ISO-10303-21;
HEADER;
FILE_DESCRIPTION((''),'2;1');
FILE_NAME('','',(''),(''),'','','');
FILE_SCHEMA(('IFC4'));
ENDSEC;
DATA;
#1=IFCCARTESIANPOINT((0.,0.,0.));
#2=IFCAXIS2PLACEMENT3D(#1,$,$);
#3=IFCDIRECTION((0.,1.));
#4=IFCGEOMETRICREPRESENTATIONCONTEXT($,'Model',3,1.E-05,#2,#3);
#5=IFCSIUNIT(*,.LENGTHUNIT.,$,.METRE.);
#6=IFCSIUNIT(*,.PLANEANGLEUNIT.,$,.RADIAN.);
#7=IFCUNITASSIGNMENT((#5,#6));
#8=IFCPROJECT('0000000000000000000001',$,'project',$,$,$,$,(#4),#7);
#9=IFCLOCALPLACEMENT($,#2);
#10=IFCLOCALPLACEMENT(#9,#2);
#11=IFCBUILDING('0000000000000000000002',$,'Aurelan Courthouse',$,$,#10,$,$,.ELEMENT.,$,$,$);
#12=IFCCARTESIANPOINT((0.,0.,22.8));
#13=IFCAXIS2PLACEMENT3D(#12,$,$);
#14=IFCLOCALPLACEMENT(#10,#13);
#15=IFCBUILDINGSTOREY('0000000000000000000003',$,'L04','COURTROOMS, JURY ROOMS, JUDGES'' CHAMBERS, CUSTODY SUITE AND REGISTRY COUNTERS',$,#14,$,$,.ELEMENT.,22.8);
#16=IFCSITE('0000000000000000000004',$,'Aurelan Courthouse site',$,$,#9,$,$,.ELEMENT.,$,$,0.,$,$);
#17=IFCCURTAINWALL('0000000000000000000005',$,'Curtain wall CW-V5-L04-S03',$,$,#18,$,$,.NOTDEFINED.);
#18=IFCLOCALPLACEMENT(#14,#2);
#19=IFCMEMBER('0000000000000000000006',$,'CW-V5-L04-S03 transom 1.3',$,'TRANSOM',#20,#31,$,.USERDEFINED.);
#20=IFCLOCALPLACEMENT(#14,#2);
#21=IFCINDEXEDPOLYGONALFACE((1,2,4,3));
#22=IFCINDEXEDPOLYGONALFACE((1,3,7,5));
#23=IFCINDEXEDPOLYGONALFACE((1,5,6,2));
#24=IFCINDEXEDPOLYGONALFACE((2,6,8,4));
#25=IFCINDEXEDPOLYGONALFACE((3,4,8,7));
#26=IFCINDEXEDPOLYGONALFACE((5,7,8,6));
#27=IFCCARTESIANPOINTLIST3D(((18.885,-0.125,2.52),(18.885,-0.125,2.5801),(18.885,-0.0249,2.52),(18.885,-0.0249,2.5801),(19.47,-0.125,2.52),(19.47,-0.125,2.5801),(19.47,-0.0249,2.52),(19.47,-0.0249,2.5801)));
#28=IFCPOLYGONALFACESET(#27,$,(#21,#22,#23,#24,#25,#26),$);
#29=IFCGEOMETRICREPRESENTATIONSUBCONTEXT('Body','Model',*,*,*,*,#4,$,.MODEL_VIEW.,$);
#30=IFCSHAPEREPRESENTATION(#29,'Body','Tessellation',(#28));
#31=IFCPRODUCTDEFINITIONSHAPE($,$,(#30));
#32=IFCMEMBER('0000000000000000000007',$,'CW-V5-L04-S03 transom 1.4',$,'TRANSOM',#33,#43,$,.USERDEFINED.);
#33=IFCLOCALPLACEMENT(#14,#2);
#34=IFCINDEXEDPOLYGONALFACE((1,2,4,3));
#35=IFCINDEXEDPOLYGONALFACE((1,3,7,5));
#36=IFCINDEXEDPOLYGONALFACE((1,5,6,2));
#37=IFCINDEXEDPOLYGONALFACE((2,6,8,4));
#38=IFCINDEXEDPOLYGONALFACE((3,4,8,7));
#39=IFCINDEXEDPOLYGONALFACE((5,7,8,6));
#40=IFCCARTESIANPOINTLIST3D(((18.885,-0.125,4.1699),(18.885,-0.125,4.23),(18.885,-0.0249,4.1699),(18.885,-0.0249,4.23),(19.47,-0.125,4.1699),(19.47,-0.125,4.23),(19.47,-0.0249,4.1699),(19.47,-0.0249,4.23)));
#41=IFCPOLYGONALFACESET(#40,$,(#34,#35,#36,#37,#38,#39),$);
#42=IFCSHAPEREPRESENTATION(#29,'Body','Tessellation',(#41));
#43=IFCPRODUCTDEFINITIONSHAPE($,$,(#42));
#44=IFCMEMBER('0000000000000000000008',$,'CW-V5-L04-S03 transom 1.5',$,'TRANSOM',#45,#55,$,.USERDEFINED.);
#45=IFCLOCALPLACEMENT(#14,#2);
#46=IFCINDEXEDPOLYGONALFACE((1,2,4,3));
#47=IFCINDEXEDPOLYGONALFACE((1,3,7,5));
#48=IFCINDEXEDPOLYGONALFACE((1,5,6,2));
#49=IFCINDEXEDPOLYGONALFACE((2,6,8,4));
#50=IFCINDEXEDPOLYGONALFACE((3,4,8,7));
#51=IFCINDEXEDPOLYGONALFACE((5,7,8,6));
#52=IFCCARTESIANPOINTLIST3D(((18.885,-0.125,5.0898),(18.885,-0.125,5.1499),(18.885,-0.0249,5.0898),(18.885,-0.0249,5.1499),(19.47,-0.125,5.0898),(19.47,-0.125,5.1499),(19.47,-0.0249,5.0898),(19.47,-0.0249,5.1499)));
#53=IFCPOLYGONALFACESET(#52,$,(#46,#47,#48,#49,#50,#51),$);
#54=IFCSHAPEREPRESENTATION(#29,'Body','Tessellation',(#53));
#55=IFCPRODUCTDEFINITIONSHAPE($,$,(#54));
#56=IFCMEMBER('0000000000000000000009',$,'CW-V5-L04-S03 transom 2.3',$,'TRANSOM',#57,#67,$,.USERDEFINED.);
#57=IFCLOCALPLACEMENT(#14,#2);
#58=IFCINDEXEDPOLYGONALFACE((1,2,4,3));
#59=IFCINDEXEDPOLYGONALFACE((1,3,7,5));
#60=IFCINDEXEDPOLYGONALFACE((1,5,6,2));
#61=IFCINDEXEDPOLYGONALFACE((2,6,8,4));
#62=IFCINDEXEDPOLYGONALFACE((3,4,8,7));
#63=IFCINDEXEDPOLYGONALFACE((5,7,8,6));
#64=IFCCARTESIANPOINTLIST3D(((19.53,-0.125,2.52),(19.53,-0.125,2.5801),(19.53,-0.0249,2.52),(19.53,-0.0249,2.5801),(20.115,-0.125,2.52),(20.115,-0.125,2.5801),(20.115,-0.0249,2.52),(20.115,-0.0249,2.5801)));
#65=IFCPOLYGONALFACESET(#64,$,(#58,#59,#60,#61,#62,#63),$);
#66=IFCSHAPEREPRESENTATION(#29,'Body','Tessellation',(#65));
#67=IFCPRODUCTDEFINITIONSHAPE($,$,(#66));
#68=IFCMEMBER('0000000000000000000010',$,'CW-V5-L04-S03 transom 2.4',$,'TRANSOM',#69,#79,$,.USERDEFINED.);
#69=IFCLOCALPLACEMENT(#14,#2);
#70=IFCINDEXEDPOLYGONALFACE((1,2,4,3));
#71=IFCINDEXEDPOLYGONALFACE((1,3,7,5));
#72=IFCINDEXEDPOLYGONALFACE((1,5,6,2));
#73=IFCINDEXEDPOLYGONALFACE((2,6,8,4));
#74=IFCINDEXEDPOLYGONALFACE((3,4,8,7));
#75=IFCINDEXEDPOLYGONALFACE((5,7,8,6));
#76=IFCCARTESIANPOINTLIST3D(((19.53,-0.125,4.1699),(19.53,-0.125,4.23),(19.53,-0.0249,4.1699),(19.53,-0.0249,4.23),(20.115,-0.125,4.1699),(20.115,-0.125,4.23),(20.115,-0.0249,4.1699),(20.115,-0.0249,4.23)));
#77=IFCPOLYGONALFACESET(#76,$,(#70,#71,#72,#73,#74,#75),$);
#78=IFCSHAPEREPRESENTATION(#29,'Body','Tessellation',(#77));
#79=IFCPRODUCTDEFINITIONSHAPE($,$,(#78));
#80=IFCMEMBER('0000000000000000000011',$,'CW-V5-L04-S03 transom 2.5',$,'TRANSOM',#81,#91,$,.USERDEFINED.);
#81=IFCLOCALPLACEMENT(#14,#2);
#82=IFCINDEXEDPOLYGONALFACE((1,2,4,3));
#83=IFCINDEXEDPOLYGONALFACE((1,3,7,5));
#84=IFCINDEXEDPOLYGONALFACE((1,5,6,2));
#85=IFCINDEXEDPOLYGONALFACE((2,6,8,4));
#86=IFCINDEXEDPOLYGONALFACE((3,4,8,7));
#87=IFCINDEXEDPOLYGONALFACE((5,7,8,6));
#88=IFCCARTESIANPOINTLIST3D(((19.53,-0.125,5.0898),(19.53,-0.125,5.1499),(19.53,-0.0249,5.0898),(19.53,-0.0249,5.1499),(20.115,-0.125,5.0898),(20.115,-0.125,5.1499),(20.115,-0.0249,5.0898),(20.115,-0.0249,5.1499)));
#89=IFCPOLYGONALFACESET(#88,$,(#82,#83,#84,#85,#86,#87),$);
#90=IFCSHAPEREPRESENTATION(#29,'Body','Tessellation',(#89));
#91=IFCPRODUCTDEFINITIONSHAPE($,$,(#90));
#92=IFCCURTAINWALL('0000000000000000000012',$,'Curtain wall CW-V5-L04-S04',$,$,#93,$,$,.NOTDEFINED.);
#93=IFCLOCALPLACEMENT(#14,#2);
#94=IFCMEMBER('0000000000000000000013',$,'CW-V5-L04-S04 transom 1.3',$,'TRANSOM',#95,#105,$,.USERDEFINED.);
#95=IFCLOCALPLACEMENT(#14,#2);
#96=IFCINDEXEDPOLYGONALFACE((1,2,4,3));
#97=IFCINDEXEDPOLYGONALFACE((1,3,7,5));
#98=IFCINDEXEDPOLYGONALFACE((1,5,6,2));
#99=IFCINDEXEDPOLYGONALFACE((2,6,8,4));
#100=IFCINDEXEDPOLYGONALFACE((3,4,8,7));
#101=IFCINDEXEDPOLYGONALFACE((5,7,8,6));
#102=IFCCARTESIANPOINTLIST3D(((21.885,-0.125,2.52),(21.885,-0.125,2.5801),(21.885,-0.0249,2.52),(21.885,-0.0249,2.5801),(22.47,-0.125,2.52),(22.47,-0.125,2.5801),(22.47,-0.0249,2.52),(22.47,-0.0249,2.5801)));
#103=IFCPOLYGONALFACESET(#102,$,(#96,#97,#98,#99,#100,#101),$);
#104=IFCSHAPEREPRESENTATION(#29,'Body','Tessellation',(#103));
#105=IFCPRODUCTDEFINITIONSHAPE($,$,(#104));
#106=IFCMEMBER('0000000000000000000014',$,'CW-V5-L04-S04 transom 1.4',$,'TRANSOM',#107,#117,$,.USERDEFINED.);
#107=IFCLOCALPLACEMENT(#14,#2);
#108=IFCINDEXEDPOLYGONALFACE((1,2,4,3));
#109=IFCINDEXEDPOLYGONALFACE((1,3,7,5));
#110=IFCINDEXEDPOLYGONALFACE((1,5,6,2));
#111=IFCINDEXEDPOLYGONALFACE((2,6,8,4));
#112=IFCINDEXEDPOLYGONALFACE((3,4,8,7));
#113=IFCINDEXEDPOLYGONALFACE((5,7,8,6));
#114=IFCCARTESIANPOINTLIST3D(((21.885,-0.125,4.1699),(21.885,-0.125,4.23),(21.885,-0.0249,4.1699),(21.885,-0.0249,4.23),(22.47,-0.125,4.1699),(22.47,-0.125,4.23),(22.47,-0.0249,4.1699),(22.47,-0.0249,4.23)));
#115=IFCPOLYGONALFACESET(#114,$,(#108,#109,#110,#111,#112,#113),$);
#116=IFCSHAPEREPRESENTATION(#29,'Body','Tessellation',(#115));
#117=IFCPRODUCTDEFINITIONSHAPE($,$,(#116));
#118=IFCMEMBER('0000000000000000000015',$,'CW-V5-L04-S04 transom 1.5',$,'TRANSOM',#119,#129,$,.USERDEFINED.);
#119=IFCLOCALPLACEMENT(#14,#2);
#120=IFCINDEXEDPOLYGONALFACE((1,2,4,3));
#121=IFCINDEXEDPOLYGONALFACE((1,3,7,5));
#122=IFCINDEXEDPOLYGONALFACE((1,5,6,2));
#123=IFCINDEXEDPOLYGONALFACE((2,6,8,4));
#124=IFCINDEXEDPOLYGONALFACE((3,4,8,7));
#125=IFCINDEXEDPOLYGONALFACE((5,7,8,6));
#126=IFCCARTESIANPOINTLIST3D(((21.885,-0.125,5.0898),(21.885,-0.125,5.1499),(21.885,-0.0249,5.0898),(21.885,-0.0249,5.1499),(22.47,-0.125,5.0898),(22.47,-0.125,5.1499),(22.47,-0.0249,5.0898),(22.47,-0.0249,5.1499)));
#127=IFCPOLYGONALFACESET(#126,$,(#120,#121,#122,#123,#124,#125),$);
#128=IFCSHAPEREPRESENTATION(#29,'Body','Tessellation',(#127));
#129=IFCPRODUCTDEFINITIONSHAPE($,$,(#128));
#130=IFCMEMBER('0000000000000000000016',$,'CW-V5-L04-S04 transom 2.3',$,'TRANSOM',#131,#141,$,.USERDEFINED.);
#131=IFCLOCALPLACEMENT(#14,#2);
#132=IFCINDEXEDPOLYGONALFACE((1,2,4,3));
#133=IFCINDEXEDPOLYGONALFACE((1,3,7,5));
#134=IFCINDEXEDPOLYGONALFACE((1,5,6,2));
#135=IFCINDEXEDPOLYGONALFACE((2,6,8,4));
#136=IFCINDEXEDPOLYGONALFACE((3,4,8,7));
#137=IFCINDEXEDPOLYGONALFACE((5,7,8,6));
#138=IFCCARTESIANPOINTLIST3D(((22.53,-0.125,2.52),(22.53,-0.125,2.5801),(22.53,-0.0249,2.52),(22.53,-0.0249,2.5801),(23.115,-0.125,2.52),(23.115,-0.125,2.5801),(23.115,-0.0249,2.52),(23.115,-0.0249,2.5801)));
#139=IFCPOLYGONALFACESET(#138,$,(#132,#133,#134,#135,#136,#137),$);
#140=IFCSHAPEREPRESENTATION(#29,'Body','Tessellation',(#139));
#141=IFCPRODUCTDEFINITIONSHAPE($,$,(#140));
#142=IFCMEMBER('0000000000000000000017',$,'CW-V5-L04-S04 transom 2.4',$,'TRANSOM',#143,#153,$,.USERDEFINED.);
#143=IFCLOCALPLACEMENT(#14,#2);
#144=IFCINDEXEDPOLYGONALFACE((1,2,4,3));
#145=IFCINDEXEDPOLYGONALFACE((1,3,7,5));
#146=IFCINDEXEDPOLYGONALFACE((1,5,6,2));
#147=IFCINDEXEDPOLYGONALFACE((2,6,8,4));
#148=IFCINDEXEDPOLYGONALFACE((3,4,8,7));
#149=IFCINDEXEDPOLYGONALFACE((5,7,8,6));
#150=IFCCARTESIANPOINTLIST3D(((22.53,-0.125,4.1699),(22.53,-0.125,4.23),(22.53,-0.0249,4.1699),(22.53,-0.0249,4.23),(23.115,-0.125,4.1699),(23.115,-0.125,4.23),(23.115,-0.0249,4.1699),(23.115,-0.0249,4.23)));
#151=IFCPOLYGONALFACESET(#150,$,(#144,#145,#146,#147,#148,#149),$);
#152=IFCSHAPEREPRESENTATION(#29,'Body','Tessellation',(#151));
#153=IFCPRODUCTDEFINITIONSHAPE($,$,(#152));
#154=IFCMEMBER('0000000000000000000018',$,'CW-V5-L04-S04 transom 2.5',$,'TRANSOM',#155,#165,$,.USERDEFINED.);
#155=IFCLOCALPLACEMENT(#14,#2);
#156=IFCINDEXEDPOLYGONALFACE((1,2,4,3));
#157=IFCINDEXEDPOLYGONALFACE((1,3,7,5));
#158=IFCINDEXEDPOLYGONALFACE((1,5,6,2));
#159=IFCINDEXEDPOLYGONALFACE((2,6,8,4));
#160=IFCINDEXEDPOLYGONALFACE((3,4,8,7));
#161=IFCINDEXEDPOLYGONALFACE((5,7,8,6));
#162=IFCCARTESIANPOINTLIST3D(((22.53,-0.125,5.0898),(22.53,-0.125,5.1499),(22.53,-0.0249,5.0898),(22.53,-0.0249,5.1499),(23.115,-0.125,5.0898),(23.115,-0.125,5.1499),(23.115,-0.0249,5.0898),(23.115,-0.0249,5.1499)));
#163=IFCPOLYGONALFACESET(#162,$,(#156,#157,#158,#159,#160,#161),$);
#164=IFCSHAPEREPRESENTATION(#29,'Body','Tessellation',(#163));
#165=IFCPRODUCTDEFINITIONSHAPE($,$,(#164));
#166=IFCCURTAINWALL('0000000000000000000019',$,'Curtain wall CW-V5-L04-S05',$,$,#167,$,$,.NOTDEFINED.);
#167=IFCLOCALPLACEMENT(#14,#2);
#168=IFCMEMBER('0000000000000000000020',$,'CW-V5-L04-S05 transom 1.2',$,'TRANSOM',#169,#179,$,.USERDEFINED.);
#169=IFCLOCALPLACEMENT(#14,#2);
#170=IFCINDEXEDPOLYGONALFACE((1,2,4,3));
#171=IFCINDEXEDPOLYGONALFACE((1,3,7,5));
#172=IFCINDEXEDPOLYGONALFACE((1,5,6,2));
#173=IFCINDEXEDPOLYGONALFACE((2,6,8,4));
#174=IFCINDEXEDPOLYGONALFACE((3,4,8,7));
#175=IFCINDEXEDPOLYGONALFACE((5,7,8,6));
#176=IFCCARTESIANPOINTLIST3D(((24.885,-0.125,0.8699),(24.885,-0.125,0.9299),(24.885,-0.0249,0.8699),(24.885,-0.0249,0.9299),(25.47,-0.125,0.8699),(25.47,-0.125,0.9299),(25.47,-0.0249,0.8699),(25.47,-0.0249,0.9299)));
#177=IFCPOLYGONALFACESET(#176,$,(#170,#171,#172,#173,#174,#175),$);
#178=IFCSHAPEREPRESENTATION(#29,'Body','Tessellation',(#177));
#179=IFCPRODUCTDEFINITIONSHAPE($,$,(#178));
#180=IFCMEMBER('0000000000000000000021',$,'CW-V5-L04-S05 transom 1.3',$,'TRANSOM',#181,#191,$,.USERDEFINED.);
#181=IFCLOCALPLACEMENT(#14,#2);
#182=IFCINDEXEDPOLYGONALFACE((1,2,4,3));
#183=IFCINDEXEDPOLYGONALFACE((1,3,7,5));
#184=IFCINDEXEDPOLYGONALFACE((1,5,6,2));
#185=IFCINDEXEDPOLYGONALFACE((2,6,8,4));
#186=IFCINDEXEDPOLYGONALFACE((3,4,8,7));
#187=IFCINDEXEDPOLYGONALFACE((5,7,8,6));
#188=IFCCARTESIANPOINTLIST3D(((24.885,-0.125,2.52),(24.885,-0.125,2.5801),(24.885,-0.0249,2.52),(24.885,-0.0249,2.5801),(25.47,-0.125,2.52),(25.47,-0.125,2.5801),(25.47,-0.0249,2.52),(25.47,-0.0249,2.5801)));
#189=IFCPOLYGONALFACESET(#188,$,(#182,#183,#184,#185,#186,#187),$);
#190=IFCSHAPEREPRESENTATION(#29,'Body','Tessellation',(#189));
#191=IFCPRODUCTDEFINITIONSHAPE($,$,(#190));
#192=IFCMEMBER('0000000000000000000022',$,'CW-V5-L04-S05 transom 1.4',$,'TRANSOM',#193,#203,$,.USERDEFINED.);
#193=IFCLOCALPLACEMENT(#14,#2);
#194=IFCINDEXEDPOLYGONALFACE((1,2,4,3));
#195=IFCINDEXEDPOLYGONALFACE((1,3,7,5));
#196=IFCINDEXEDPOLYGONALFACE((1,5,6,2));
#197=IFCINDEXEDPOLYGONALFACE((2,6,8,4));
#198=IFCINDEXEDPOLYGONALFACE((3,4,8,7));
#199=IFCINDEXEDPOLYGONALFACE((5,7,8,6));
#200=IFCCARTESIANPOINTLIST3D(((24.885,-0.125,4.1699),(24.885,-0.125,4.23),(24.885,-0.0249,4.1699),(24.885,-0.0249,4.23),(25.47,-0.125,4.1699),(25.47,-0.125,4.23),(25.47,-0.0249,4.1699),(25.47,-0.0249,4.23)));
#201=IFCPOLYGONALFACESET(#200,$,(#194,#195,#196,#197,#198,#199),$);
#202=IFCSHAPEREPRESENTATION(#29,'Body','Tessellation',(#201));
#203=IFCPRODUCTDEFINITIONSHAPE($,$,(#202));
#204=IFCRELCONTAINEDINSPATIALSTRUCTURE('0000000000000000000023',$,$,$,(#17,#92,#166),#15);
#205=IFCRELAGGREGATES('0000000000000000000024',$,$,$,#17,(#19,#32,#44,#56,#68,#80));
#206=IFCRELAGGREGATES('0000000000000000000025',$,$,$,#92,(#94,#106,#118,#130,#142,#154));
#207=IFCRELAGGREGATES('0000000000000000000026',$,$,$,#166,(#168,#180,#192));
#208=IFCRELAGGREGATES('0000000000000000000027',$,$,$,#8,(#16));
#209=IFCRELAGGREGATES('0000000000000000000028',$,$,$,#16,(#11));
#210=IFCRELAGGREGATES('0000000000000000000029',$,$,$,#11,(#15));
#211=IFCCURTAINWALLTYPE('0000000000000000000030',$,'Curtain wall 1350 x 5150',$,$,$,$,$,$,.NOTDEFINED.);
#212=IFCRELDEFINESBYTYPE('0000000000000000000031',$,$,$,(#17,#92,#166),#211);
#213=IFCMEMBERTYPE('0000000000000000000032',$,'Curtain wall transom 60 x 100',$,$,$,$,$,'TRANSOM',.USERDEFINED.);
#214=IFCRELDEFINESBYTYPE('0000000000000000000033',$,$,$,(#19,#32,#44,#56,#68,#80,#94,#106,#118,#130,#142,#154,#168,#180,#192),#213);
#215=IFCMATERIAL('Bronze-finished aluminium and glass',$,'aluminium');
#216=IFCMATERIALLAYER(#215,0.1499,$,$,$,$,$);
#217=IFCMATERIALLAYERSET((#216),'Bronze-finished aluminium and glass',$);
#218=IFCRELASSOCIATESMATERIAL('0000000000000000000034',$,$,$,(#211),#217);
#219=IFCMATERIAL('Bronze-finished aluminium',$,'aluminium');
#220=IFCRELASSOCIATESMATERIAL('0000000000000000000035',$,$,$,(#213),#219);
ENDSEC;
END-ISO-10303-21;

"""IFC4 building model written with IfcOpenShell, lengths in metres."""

from ifc_helpers import new_model, si_unit, direction, frame, origin, origin_2d, place, context, subcontext, project, spatial, rectangle, extrude, material, layer, layer_set, material_profile, profile_set, type_object, element, aggregate, save


model = new_model("IFC4")

# Units and contexts
model_context = context("Model", 3, precision=1e-05, world=origin(), true_north=direction((0.0, 1.0)))
body_context = subcontext(model_context, "Body", "Model", "MODEL_VIEW")
ifc_project = project(units=[si_unit("LENGTHUNIT", "METRE"), si_unit("PLANEANGLEUNIT", "RADIAN")], contexts=[model_context])

# Site, building, storey
site_placement = place(None, origin())
site = spatial("IfcSite", under=ifc_project, at=site_placement, Name="Aurelan Courthouse site", CompositionType="ELEMENT", RefElevation=0.0)
building_placement = place(site_placement, origin())
building = spatial("IfcBuilding", under=site, at=building_placement, Name="Aurelan Courthouse", CompositionType="ELEMENT")
storey_placement = place(building_placement, frame((0.0, 0.0, 22.8)))
storey = spatial("IfcBuildingStorey", under=building, at=storey_placement, Name="L04", Description="COURTROOMS, JURY ROOMS, JUDGES' CHAMBERS, CUSTODY SUITE AND REGISTRY COUNTERS", CompositionType="ELEMENT", Elevation=22.8)

# Curtain walls, members
ifc_material_1 = material(Name="Bronze-finished aluminium and glass", Category="aluminium")
ifc_layer_1 = layer(ifc_material_1, 0.1499)
ifc_layer_set_1 = layer_set([ifc_layer_1], Name="Bronze-finished aluminium and glass")
curtain_wall_type = type_object("IfcCurtainWallType", Name="Curtain wall 1350 x 5150", PredefinedType="NOTDEFINED", material=ifc_layer_set_1)
curtain_wall_1_placement = place(storey_placement, origin())
curtain_wall_1 = element("IfcCurtainWall", 1, at=curtain_wall_1_placement, inside=storey, type_object=curtain_wall_type, Name="Curtain wall CW-V5-L04-S03", PredefinedType="NOTDEFINED")
ifc_material_2 = material(Name="Bronze-finished aluminium", Category="aluminium")
ifc_material_profile = material_profile(ifc_material_2, rectangle(XDim=0.1001, YDim=0.0601, at=origin_2d()), Name="Bronze transom 60 x 100")
ifc_profile_set = profile_set([ifc_material_profile], Name="Bronze-finished aluminium")
member_type = type_object("IfcMemberType", Name="Curtain wall transom 60 x 100", ElementType="TRANSOM", PredefinedType="USERDEFINED", material=ifc_profile_set)
member_1_placement = place(storey_placement, frame((18.885, -0.075, 2.55), z_axis=(1.0, 0.0, 0.0), x_axis=(0.0, 1.0, 0.0)))
member_1 = element("IfcMember", 2, at=member_1_placement, type_object=member_type, Name="CW-V5-L04-S03 transom 1.3", ObjectType="TRANSOM", PredefinedType="USERDEFINED", context=body_context, shape_type="SweptSolid", body=[
    extrude(rectangle(XDim=0.1001, YDim=0.0601, at=origin_2d()), origin(), (0.0, 0.0, 1.0), 0.585),
])
member_2_placement = place(storey_placement, frame((18.885, -0.075, 4.2), z_axis=(1.0, 0.0, 0.0), x_axis=(0.0, 1.0, 0.0)))
member_2 = element("IfcMember", 3, at=member_2_placement, type_object=member_type, Name="CW-V5-L04-S03 transom 1.4", ObjectType="TRANSOM", PredefinedType="USERDEFINED", context=body_context, shape_type="SweptSolid", body=[
    extrude(rectangle(XDim=0.1001, YDim=0.0601, at=origin_2d()), origin(), (0.0, 0.0, 1.0), 0.585),
])
member_3_placement = place(storey_placement, frame((18.885, -0.075, 5.1199), z_axis=(1.0, 0.0, 0.0), x_axis=(0.0, 1.0, 0.0)))
member_3 = element("IfcMember", 4, at=member_3_placement, type_object=member_type, Name="CW-V5-L04-S03 transom 1.5", ObjectType="TRANSOM", PredefinedType="USERDEFINED", context=body_context, shape_type="SweptSolid", body=[
    extrude(rectangle(XDim=0.1001, YDim=0.0601, at=origin_2d()), origin(), (0.0, 0.0, 1.0), 0.585),
])
member_4_placement = place(storey_placement, frame((19.53, -0.075, 2.55), z_axis=(1.0, 0.0, 0.0), x_axis=(0.0, 1.0, 0.0)))
member_4 = element("IfcMember", 5, at=member_4_placement, type_object=member_type, Name="CW-V5-L04-S03 transom 2.3", ObjectType="TRANSOM", PredefinedType="USERDEFINED", context=body_context, shape_type="SweptSolid", body=[
    extrude(rectangle(XDim=0.1001, YDim=0.0601, at=origin_2d()), origin(), (0.0, 0.0, 1.0), 0.585),
])
member_5_placement = place(storey_placement, frame((19.53, -0.075, 4.2), z_axis=(1.0, 0.0, 0.0), x_axis=(0.0, 1.0, 0.0)))
member_5 = element("IfcMember", 6, at=member_5_placement, type_object=member_type, Name="CW-V5-L04-S03 transom 2.4", ObjectType="TRANSOM", PredefinedType="USERDEFINED", context=body_context, shape_type="SweptSolid", body=[
    extrude(rectangle(XDim=0.1001, YDim=0.0601, at=origin_2d()), origin(), (0.0, 0.0, 1.0), 0.585),
])
member_6_placement = place(storey_placement, frame((19.53, -0.075, 5.1199), z_axis=(1.0, 0.0, 0.0), x_axis=(0.0, 1.0, 0.0)))
member_6 = element("IfcMember", 7, at=member_6_placement, type_object=member_type, Name="CW-V5-L04-S03 transom 2.5", ObjectType="TRANSOM", PredefinedType="USERDEFINED", context=body_context, shape_type="SweptSolid", body=[
    extrude(rectangle(XDim=0.1001, YDim=0.0601, at=origin_2d()), origin(), (0.0, 0.0, 1.0), 0.585),
])
curtain_wall_2_placement = place(storey_placement, origin())
curtain_wall_2 = element("IfcCurtainWall", 8, at=curtain_wall_2_placement, inside=storey, type_object=curtain_wall_type, Name="Curtain wall CW-V5-L04-S04", PredefinedType="NOTDEFINED")
member_7_placement = place(storey_placement, frame((21.885, -0.075, 2.55), z_axis=(1.0, 0.0, 0.0), x_axis=(0.0, 1.0, 0.0)))
member_7 = element("IfcMember", 9, at=member_7_placement, type_object=member_type, Name="CW-V5-L04-S04 transom 1.3", ObjectType="TRANSOM", PredefinedType="USERDEFINED", context=body_context, shape_type="SweptSolid", body=[
    extrude(rectangle(XDim=0.1001, YDim=0.0601, at=origin_2d()), origin(), (0.0, 0.0, 1.0), 0.585),
])
member_8_placement = place(storey_placement, frame((21.885, -0.075, 4.2), z_axis=(1.0, 0.0, 0.0), x_axis=(0.0, 1.0, 0.0)))
member_8 = element("IfcMember", 10, at=member_8_placement, type_object=member_type, Name="CW-V5-L04-S04 transom 1.4", ObjectType="TRANSOM", PredefinedType="USERDEFINED", context=body_context, shape_type="SweptSolid", body=[
    extrude(rectangle(XDim=0.1001, YDim=0.0601, at=origin_2d()), origin(), (0.0, 0.0, 1.0), 0.585),
])
member_9_placement = place(storey_placement, frame((21.885, -0.075, 5.1199), z_axis=(1.0, 0.0, 0.0), x_axis=(0.0, 1.0, 0.0)))
member_9 = element("IfcMember", 11, at=member_9_placement, type_object=member_type, Name="CW-V5-L04-S04 transom 1.5", ObjectType="TRANSOM", PredefinedType="USERDEFINED", context=body_context, shape_type="SweptSolid", body=[
    extrude(rectangle(XDim=0.1001, YDim=0.0601, at=origin_2d()), origin(), (0.0, 0.0, 1.0), 0.585),
])
member_10_placement = place(storey_placement, frame((22.53, -0.075, 2.55), z_axis=(1.0, 0.0, 0.0), x_axis=(0.0, 1.0, 0.0)))
member_10 = element("IfcMember", 12, at=member_10_placement, type_object=member_type, Name="CW-V5-L04-S04 transom 2.3", ObjectType="TRANSOM", PredefinedType="USERDEFINED", context=body_context, shape_type="SweptSolid", body=[
    extrude(rectangle(XDim=0.1001, YDim=0.0601, at=origin_2d()), origin(), (0.0, 0.0, 1.0), 0.585),
])
member_11_placement = place(storey_placement, frame((22.53, -0.075, 4.2), z_axis=(1.0, 0.0, 0.0), x_axis=(0.0, 1.0, 0.0)))
member_11 = element("IfcMember", 13, at=member_11_placement, type_object=member_type, Name="CW-V5-L04-S04 transom 2.4", ObjectType="TRANSOM", PredefinedType="USERDEFINED", context=body_context, shape_type="SweptSolid", body=[
    extrude(rectangle(XDim=0.1001, YDim=0.0601, at=origin_2d()), origin(), (0.0, 0.0, 1.0), 0.585),
])
member_12_placement = place(storey_placement, frame((22.53, -0.075, 5.1199), z_axis=(1.0, 0.0, 0.0), x_axis=(0.0, 1.0, 0.0)))
member_12 = element("IfcMember", 14, at=member_12_placement, type_object=member_type, Name="CW-V5-L04-S04 transom 2.5", ObjectType="TRANSOM", PredefinedType="USERDEFINED", context=body_context, shape_type="SweptSolid", body=[
    extrude(rectangle(XDim=0.1001, YDim=0.0601, at=origin_2d()), origin(), (0.0, 0.0, 1.0), 0.585),
])
curtain_wall_3_placement = place(storey_placement, origin())
curtain_wall_3 = element("IfcCurtainWall", 15, at=curtain_wall_3_placement, inside=storey, type_object=curtain_wall_type, Name="Curtain wall CW-V5-L04-S05", PredefinedType="NOTDEFINED")
member_13_placement = place(storey_placement, frame((24.885, -0.075, 0.8999), z_axis=(1.0, 0.0, 0.0), x_axis=(0.0, 1.0, 0.0)))
member_13 = element("IfcMember", 16, at=member_13_placement, type_object=member_type, Name="CW-V5-L04-S05 transom 1.2", ObjectType="TRANSOM", PredefinedType="USERDEFINED", context=body_context, shape_type="SweptSolid", body=[
    extrude(rectangle(XDim=0.1001, YDim=0.0601, at=origin_2d()), origin(), (0.0, 0.0, 1.0), 0.585),
])
member_14_placement = place(storey_placement, frame((24.885, -0.075, 2.55), z_axis=(1.0, 0.0, 0.0), x_axis=(0.0, 1.0, 0.0)))
member_14 = element("IfcMember", 17, at=member_14_placement, type_object=member_type, Name="CW-V5-L04-S05 transom 1.3", ObjectType="TRANSOM", PredefinedType="USERDEFINED", context=body_context, shape_type="SweptSolid", body=[
    extrude(rectangle(XDim=0.1001, YDim=0.0601, at=origin_2d()), origin(), (0.0, 0.0, 1.0), 0.585),
])
member_15_placement = place(storey_placement, frame((24.885, -0.075, 4.2), z_axis=(1.0, 0.0, 0.0), x_axis=(0.0, 1.0, 0.0)))
member_15 = element("IfcMember", 18, at=member_15_placement, type_object=member_type, Name="CW-V5-L04-S05 transom 1.4", ObjectType="TRANSOM", PredefinedType="USERDEFINED", context=body_context, shape_type="SweptSolid", body=[
    extrude(rectangle(XDim=0.1001, YDim=0.0601, at=origin_2d()), origin(), (0.0, 0.0, 1.0), 0.585),
])

aggregate(curtain_wall_1, [member_1, member_2, member_3, member_4, member_5, member_6])
aggregate(curtain_wall_2, [member_7, member_8, member_9, member_10, member_11, member_12])
aggregate(curtain_wall_3, [member_13, member_14, member_15])

save(model, "model.ifc")
